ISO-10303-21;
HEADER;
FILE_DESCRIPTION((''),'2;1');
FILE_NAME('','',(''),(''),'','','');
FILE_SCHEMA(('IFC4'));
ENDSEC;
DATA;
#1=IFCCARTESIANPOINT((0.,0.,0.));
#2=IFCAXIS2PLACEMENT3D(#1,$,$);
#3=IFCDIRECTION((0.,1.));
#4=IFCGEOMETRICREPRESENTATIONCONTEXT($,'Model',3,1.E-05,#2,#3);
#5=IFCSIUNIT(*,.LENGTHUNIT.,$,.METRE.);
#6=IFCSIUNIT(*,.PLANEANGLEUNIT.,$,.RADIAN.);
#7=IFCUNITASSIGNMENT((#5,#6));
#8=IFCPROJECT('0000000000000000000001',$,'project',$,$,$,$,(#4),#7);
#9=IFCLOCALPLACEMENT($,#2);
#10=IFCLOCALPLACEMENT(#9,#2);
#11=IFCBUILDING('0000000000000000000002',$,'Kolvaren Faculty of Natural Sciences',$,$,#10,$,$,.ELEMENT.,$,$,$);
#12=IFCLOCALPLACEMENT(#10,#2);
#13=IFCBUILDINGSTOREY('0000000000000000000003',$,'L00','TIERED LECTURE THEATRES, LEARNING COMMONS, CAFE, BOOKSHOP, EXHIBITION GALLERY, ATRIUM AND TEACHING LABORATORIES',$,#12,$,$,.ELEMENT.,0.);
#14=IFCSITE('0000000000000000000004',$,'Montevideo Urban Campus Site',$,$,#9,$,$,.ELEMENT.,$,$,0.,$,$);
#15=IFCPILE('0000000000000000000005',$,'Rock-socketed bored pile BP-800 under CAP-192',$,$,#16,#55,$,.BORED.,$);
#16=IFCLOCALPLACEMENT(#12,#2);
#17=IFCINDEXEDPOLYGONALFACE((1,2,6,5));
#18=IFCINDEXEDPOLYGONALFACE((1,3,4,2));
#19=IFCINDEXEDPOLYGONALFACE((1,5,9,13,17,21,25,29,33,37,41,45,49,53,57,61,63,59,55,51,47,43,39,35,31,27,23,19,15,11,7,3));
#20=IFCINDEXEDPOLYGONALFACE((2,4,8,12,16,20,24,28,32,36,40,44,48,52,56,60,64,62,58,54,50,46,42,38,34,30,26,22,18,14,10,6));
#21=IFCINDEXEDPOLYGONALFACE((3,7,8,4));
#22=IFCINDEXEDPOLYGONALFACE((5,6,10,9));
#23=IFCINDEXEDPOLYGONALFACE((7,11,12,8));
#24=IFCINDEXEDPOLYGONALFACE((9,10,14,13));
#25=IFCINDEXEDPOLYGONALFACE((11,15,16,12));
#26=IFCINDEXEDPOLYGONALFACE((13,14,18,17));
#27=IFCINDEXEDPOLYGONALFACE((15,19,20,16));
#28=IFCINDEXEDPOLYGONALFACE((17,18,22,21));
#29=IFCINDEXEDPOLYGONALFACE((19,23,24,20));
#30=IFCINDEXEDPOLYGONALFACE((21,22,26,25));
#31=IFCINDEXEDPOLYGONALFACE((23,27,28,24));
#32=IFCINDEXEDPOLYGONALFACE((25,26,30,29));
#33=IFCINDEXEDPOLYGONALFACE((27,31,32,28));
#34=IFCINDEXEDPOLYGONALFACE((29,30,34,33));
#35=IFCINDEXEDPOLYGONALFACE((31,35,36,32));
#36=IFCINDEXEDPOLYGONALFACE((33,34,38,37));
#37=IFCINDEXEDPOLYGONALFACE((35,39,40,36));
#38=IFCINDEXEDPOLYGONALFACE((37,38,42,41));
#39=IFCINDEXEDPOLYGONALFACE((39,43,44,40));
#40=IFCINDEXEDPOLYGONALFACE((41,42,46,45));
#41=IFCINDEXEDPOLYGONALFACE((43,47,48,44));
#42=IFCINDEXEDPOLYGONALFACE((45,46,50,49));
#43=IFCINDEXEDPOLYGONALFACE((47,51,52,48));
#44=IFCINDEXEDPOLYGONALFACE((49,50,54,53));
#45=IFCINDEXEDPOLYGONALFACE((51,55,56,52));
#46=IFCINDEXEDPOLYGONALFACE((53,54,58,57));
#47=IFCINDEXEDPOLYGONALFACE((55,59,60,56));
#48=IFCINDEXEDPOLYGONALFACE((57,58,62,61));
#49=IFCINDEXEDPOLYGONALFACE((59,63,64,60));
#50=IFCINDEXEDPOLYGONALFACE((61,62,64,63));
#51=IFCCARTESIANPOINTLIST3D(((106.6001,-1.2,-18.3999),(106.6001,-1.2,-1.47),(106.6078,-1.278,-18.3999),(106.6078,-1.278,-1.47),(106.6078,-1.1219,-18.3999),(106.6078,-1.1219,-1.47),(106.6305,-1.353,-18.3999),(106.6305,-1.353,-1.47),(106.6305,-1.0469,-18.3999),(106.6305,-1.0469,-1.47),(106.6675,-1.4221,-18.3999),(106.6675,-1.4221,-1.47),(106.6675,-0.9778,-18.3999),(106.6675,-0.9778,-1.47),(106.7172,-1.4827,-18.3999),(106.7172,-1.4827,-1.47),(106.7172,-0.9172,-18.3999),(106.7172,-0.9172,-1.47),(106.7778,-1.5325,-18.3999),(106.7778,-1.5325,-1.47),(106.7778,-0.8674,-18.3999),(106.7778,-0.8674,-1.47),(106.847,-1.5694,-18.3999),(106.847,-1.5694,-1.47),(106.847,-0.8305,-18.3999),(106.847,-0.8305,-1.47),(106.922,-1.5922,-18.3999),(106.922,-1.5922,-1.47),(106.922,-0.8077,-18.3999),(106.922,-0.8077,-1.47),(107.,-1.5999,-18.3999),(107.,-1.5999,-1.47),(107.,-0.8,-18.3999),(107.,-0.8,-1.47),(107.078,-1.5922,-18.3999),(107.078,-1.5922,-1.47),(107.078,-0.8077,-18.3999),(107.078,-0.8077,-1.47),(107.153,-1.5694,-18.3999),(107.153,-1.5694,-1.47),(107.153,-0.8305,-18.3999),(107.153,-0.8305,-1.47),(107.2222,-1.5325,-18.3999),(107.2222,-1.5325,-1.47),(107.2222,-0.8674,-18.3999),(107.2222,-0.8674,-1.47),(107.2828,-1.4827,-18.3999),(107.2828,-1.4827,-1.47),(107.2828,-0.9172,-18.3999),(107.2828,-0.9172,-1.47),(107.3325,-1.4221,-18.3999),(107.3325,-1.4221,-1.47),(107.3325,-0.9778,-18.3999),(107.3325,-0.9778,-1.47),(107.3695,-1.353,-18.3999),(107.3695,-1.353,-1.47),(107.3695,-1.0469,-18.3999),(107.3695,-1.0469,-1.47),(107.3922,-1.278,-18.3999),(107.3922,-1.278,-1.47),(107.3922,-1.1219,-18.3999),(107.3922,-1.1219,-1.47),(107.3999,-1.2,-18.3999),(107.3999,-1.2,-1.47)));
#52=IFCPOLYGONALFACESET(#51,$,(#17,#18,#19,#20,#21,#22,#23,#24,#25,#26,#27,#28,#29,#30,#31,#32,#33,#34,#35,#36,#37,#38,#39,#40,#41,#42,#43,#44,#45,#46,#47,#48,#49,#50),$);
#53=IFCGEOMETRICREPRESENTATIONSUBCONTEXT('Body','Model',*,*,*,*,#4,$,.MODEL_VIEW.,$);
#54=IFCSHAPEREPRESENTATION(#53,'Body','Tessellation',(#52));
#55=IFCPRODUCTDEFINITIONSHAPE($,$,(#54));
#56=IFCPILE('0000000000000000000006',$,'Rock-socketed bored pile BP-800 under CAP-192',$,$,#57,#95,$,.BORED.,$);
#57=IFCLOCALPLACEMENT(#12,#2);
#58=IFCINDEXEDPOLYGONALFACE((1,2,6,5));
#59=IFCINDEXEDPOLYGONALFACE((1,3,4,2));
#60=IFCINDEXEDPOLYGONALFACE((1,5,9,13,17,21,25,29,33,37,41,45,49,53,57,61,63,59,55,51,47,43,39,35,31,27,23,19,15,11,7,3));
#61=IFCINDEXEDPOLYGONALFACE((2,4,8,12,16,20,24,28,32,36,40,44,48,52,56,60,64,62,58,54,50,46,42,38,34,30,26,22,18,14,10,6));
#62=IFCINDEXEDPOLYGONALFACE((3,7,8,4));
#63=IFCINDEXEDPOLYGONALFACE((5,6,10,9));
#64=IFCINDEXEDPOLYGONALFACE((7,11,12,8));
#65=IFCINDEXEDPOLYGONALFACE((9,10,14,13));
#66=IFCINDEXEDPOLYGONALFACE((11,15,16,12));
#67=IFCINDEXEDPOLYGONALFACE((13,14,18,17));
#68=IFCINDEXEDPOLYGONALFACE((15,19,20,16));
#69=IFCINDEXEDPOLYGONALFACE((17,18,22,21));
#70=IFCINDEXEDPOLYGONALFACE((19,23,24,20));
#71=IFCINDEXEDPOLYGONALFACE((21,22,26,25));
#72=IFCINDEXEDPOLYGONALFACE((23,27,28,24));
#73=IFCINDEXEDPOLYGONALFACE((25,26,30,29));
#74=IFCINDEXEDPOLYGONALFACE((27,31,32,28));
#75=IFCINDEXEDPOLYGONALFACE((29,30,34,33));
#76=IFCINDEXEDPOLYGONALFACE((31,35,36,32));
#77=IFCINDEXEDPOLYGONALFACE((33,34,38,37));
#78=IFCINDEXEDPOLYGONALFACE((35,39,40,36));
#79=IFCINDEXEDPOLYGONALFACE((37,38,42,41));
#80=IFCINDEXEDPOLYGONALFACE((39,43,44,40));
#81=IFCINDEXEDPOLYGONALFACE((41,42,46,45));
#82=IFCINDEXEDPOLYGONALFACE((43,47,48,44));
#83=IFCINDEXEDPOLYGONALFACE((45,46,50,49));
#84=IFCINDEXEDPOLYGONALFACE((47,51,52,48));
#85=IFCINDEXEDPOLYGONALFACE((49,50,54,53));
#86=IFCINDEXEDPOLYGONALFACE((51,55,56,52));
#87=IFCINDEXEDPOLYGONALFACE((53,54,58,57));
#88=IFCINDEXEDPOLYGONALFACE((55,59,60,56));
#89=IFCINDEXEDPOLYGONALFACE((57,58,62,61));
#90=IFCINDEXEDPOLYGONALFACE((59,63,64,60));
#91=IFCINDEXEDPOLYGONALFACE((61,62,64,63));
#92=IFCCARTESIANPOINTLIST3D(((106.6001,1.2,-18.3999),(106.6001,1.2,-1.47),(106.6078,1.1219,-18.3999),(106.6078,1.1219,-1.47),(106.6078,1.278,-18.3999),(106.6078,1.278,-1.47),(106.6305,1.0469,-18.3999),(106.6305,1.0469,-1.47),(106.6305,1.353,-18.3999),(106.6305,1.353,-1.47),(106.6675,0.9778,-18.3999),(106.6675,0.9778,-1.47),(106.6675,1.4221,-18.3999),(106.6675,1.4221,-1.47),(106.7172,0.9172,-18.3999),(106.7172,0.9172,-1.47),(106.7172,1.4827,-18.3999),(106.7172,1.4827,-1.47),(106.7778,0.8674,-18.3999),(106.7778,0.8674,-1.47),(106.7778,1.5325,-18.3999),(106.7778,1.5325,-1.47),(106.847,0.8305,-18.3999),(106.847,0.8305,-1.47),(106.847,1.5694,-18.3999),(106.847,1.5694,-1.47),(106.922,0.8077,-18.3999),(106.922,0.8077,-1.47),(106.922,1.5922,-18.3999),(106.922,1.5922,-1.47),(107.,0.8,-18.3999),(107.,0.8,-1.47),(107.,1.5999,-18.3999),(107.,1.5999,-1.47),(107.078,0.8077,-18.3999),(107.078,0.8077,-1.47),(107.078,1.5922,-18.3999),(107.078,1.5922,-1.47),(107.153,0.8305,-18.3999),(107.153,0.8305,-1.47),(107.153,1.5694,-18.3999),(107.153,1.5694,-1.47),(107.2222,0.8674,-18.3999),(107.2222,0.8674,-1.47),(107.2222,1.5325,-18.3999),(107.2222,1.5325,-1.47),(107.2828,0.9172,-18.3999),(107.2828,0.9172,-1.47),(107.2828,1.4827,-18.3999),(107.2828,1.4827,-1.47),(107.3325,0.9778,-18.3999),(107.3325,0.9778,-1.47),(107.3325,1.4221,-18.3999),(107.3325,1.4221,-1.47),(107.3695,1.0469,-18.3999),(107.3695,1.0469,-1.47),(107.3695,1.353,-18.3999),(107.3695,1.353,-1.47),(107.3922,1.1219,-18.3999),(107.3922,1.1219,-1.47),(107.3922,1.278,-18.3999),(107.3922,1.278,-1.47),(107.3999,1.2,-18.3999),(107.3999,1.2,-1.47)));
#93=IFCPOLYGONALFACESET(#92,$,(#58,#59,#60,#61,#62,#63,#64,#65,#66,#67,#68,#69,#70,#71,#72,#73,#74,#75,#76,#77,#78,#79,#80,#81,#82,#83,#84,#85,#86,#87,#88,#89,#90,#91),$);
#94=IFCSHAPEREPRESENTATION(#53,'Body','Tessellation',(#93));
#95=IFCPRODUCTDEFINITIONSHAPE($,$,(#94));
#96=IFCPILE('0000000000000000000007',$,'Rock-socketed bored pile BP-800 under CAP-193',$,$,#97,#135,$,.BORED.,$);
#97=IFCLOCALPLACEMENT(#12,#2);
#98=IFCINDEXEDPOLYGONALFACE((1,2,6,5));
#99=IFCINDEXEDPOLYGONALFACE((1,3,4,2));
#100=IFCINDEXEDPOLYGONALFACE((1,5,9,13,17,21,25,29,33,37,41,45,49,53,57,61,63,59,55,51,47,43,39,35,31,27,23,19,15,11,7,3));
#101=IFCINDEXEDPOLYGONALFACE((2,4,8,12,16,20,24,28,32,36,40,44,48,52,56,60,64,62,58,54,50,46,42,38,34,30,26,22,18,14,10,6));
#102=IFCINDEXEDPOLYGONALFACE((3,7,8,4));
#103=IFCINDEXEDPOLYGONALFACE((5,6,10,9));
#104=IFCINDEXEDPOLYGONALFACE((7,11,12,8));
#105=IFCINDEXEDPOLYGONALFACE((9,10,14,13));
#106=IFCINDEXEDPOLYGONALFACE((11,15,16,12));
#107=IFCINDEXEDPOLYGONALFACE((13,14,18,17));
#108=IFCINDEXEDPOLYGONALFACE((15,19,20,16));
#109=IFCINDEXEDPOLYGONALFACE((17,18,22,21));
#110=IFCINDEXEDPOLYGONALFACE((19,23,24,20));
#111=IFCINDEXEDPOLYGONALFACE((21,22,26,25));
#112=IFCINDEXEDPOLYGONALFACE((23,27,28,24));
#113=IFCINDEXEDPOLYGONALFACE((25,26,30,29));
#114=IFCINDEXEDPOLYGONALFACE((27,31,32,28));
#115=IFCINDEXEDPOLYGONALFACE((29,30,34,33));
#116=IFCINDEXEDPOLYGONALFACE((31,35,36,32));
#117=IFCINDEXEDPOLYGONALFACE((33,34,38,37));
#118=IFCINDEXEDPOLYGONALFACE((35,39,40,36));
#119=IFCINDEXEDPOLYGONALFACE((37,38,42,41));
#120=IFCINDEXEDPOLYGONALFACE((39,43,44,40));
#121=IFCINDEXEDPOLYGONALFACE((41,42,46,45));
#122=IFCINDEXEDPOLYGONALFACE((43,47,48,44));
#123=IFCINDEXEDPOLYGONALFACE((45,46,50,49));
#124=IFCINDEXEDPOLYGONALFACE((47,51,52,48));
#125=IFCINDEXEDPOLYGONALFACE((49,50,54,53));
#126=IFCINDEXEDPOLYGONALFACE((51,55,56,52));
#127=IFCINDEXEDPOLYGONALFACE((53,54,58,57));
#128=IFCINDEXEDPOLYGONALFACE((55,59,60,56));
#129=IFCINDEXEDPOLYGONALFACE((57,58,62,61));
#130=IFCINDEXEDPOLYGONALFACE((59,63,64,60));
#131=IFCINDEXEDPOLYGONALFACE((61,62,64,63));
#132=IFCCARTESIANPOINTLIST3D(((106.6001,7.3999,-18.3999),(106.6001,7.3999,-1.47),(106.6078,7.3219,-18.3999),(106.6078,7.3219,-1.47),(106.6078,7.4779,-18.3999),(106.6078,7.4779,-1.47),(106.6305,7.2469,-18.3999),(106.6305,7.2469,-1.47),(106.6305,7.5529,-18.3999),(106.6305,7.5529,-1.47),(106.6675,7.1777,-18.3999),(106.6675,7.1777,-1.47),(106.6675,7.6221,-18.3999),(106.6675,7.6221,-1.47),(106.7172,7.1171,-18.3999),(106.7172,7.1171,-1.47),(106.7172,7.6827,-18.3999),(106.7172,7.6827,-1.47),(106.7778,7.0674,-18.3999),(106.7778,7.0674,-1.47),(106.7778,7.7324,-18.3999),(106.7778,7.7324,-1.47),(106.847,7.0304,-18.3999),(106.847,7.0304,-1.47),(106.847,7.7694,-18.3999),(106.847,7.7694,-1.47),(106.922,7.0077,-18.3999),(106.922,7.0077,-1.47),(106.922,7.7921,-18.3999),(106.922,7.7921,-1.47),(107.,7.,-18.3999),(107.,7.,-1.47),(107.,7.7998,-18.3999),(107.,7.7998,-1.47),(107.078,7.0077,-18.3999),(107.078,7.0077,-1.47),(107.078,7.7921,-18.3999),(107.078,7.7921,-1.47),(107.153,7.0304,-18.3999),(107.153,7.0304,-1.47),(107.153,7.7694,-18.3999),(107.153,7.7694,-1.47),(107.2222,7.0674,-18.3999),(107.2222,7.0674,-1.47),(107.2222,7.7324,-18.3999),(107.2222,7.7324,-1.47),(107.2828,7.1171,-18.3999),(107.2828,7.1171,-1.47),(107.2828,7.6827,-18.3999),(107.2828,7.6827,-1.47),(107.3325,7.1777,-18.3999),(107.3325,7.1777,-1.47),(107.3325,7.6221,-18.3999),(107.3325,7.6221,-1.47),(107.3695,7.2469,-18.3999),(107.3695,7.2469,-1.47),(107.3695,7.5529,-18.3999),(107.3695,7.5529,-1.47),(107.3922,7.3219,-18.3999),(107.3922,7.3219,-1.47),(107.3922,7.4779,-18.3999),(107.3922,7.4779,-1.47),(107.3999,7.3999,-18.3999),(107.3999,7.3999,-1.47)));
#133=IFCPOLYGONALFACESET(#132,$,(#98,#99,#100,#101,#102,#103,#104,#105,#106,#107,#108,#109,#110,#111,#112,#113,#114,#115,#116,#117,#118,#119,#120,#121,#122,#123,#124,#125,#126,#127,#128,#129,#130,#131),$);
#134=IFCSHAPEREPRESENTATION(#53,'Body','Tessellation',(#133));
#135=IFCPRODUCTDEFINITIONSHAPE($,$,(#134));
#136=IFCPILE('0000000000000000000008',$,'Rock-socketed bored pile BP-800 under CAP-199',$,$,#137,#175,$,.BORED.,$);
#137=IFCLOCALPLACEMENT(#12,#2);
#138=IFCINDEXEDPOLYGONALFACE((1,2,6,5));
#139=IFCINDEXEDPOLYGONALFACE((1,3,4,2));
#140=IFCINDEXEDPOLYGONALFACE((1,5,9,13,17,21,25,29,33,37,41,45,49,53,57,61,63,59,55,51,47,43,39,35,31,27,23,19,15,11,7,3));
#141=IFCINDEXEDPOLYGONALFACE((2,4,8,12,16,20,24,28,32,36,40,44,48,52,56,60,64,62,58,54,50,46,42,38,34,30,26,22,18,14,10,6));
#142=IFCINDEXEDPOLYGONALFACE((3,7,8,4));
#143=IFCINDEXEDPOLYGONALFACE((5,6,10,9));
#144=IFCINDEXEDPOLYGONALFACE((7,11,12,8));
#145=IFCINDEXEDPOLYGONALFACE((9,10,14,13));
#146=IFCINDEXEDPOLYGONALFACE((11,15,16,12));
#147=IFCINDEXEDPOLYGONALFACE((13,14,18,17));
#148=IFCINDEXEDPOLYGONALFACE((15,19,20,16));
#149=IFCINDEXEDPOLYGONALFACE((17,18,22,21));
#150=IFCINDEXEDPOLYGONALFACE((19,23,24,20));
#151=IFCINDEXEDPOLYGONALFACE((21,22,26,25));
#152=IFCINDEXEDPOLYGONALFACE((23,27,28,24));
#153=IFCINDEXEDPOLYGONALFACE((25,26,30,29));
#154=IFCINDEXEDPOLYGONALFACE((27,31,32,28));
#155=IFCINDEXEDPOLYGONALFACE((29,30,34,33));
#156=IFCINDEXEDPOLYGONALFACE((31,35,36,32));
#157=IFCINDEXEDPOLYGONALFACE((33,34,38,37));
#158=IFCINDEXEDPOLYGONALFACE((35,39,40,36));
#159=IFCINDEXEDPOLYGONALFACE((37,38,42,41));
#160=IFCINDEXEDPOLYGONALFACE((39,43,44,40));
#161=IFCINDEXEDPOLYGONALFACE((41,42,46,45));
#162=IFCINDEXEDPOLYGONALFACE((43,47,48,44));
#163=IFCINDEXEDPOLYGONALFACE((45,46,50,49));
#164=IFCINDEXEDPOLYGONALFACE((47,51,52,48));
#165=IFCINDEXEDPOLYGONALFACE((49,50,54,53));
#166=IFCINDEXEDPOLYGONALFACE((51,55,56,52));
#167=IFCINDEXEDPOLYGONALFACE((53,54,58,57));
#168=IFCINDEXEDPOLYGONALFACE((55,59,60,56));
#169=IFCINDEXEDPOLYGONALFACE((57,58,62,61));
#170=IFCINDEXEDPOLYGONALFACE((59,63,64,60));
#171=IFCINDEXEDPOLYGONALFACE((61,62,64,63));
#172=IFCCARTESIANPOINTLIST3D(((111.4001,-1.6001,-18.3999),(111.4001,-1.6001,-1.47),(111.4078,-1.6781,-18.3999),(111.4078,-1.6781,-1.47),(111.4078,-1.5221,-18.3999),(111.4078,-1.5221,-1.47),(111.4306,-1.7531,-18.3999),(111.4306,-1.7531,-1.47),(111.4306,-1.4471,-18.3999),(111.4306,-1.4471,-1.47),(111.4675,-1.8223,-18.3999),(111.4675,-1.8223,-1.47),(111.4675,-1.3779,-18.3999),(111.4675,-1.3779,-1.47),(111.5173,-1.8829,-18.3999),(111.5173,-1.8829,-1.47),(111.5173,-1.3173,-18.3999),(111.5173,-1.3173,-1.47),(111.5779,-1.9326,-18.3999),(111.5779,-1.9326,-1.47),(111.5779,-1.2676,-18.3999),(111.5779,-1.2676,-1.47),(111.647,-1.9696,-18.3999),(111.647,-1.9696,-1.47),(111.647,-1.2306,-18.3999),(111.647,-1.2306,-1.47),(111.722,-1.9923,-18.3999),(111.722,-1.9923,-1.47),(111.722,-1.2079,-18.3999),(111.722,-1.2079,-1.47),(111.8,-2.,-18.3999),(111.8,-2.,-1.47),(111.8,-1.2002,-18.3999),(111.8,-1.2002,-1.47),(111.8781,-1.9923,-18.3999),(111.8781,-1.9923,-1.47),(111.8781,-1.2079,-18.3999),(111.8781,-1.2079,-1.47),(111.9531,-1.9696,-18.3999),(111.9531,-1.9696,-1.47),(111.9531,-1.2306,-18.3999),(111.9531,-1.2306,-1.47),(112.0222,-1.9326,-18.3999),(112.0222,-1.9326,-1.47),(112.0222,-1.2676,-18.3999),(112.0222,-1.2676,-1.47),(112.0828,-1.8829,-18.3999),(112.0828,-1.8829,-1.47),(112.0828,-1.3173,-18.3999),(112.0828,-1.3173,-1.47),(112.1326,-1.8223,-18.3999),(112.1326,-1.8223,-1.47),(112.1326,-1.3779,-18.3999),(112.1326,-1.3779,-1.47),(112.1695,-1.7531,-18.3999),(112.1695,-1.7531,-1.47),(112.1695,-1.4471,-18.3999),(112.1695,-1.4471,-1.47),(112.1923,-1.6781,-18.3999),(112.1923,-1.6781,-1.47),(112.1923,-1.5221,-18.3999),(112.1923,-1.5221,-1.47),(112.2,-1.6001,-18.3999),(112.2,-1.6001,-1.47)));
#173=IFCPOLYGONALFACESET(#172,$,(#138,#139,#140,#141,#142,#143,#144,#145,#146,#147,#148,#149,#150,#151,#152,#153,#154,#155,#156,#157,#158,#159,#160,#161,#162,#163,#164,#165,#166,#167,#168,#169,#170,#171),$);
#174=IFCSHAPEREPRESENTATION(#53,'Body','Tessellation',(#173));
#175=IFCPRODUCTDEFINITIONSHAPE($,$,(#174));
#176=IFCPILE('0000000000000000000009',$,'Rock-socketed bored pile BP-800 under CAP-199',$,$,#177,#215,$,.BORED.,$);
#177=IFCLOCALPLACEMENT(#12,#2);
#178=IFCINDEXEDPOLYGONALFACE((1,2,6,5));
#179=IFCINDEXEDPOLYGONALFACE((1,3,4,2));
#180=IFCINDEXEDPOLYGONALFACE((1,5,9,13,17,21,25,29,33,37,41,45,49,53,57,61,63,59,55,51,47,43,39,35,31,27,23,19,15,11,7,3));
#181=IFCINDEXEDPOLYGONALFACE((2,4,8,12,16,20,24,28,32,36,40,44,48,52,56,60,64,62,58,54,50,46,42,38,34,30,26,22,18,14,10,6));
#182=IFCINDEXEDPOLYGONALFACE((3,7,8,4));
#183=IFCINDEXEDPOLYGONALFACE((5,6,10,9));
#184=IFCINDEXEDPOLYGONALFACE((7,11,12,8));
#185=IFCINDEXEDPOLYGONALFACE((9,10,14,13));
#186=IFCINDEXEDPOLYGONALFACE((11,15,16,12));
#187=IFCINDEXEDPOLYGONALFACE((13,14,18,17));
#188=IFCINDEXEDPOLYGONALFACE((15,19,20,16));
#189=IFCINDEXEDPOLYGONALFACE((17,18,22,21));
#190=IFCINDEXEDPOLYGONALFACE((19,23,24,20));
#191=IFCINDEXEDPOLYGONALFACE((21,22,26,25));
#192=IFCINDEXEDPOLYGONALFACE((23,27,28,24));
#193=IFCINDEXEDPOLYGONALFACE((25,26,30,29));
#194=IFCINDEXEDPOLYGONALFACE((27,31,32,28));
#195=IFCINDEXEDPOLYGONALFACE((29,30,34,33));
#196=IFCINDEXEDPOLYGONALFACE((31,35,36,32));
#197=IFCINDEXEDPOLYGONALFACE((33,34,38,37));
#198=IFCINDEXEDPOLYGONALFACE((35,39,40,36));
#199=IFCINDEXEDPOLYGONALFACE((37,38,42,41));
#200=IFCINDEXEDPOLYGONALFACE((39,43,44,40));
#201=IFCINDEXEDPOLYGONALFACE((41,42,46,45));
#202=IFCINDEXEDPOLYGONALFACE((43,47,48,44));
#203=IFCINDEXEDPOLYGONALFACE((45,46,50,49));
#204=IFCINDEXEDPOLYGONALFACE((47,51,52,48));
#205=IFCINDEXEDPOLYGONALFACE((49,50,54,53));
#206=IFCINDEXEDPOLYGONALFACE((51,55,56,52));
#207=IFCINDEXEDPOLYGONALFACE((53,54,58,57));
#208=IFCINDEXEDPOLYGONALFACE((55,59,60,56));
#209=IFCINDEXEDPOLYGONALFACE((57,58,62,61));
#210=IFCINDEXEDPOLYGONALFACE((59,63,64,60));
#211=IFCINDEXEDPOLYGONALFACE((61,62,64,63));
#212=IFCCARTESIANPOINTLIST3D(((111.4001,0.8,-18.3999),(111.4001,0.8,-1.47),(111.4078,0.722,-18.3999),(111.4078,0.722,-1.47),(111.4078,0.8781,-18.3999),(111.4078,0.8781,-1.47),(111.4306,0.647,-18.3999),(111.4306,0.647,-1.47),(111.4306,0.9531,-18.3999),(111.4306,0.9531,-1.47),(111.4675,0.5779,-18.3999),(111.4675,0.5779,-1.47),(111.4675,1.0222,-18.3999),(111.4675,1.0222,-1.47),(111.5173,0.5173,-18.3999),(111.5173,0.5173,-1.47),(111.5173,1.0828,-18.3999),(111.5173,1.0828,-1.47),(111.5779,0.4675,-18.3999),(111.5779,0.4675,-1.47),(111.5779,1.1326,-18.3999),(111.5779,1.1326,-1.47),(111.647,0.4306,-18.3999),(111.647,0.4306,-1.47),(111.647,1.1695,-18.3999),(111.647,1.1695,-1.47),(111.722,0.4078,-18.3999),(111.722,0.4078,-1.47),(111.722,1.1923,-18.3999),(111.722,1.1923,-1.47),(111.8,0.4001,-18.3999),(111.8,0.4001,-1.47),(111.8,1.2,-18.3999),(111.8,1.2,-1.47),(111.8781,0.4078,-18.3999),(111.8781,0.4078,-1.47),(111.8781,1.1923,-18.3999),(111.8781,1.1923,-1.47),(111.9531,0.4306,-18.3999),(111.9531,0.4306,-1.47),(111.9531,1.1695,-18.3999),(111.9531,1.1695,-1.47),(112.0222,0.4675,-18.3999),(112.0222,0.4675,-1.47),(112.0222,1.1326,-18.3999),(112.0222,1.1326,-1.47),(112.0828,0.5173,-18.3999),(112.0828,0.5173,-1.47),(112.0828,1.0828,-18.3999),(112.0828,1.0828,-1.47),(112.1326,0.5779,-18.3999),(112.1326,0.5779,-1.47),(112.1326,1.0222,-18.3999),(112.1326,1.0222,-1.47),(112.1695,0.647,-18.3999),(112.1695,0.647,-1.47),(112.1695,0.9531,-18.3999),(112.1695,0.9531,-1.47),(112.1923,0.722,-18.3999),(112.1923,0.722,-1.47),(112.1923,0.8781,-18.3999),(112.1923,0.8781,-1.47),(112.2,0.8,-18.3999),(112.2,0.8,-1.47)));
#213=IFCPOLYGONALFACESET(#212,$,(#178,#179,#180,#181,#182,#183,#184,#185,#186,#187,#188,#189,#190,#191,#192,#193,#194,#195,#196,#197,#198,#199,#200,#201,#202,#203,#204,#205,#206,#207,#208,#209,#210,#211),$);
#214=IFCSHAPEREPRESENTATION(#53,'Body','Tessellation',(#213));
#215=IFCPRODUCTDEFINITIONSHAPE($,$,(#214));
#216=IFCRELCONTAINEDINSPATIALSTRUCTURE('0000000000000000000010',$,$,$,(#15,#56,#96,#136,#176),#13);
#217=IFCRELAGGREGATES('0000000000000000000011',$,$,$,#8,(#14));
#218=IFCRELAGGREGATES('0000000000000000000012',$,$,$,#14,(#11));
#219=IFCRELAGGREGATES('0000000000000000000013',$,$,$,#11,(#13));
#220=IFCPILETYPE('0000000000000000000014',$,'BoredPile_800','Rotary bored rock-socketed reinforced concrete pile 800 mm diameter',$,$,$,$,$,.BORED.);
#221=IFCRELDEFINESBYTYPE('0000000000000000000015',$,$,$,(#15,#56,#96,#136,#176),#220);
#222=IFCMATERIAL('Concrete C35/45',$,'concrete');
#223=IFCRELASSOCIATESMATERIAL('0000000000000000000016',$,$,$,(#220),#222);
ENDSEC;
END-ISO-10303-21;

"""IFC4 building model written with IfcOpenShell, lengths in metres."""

from ifc_helpers import new_model, si_unit, direction, frame, origin, origin_2d, place, context, subcontext, project, spatial, circle, extrude, material, material_profile, profile_set, type_object, element, save


model = new_model("IFC4")

# Units and contexts
model_context = context("Model", 3, precision=1e-05, world=origin(), true_north=direction((0.0, 1.0)))
body_context = subcontext(model_context, "Body", "Model", "MODEL_VIEW")
ifc_project = project(units=[si_unit("LENGTHUNIT", "METRE"), si_unit("PLANEANGLEUNIT", "RADIAN")], contexts=[model_context])

# Site, building, storey
site_placement = place(None, origin())
site = spatial("IfcSite", under=ifc_project, at=site_placement, Name="Montevideo Urban Campus Site", CompositionType="ELEMENT", RefElevation=0.0)
building_placement = place(site_placement, origin())
building = spatial("IfcBuilding", under=site, at=building_placement, Name="Kolvaren Faculty of Natural Sciences", CompositionType="ELEMENT")
storey_placement = place(building_placement, origin())
storey = spatial("IfcBuildingStorey", under=building, at=storey_placement, Name="L00", Description="TIERED LECTURE THEATRES, LEARNING COMMONS, CAFE, BOOKSHOP, EXHIBITION GALLERY, ATRIUM AND TEACHING LABORATORIES", CompositionType="ELEMENT", Elevation=0.0)

# Piles
ifc_material_1 = material(Name="Concrete C35/45", Category="concrete")
ifc_material_profile_1 = material_profile(ifc_material_1, circle(Radius=0.3999, at=origin_2d()), Name="PILE D800")
ifc_profile_set_1 = profile_set([ifc_material_profile_1], Name="Concrete C35/45")
pile_type = type_object("IfcPileType", Name="BoredPile_800", Description="Rotary bored rock-socketed reinforced concrete pile 800 mm diameter", PredefinedType="BORED", material=ifc_profile_set_1)
for number, where, z_axis, x_axis, name in (
    (1, (107.0, -1.2, -1.47), (0.0, 0.0, -1.0), (1.0, 0.0, 0.0), "Rock-socketed bored pile BP-800 under CAP-192"),
    (2, (107.0, 1.2, -1.47), (0.0, 0.0, -1.0), (1.0, 0.0, 0.0), "Rock-socketed bored pile BP-800 under CAP-192"),
    (3, (107.0, 7.3999, -1.47), (0.0, 0.0, -1.0), (1.0, 0.0, 0.0), "Rock-socketed bored pile BP-800 under CAP-193"),
    (4, (111.8, -1.6001, -1.47), (0.0, 0.0, -1.0), (1.0, 0.0, 0.0), "Rock-socketed bored pile BP-800 under CAP-199"),
    (5, (111.8, 0.8, -1.47), (0.0, 0.0, -1.0), (1.0, 0.0, 0.0), "Rock-socketed bored pile BP-800 under CAP-199"),
):
    element("IfcPile", number, at=place(storey_placement, frame(where, z_axis=z_axis, x_axis=x_axis)), inside=storey, type_object=pile_type, Name=name, PredefinedType="BORED", context=body_context, shape_type="SweptSolid", body=[
        extrude(circle(Radius=0.3999, at=origin_2d()), origin(), (0.0, 0.0, 1.0), 16.9299),
    ])

save(model, "model.ifc")
